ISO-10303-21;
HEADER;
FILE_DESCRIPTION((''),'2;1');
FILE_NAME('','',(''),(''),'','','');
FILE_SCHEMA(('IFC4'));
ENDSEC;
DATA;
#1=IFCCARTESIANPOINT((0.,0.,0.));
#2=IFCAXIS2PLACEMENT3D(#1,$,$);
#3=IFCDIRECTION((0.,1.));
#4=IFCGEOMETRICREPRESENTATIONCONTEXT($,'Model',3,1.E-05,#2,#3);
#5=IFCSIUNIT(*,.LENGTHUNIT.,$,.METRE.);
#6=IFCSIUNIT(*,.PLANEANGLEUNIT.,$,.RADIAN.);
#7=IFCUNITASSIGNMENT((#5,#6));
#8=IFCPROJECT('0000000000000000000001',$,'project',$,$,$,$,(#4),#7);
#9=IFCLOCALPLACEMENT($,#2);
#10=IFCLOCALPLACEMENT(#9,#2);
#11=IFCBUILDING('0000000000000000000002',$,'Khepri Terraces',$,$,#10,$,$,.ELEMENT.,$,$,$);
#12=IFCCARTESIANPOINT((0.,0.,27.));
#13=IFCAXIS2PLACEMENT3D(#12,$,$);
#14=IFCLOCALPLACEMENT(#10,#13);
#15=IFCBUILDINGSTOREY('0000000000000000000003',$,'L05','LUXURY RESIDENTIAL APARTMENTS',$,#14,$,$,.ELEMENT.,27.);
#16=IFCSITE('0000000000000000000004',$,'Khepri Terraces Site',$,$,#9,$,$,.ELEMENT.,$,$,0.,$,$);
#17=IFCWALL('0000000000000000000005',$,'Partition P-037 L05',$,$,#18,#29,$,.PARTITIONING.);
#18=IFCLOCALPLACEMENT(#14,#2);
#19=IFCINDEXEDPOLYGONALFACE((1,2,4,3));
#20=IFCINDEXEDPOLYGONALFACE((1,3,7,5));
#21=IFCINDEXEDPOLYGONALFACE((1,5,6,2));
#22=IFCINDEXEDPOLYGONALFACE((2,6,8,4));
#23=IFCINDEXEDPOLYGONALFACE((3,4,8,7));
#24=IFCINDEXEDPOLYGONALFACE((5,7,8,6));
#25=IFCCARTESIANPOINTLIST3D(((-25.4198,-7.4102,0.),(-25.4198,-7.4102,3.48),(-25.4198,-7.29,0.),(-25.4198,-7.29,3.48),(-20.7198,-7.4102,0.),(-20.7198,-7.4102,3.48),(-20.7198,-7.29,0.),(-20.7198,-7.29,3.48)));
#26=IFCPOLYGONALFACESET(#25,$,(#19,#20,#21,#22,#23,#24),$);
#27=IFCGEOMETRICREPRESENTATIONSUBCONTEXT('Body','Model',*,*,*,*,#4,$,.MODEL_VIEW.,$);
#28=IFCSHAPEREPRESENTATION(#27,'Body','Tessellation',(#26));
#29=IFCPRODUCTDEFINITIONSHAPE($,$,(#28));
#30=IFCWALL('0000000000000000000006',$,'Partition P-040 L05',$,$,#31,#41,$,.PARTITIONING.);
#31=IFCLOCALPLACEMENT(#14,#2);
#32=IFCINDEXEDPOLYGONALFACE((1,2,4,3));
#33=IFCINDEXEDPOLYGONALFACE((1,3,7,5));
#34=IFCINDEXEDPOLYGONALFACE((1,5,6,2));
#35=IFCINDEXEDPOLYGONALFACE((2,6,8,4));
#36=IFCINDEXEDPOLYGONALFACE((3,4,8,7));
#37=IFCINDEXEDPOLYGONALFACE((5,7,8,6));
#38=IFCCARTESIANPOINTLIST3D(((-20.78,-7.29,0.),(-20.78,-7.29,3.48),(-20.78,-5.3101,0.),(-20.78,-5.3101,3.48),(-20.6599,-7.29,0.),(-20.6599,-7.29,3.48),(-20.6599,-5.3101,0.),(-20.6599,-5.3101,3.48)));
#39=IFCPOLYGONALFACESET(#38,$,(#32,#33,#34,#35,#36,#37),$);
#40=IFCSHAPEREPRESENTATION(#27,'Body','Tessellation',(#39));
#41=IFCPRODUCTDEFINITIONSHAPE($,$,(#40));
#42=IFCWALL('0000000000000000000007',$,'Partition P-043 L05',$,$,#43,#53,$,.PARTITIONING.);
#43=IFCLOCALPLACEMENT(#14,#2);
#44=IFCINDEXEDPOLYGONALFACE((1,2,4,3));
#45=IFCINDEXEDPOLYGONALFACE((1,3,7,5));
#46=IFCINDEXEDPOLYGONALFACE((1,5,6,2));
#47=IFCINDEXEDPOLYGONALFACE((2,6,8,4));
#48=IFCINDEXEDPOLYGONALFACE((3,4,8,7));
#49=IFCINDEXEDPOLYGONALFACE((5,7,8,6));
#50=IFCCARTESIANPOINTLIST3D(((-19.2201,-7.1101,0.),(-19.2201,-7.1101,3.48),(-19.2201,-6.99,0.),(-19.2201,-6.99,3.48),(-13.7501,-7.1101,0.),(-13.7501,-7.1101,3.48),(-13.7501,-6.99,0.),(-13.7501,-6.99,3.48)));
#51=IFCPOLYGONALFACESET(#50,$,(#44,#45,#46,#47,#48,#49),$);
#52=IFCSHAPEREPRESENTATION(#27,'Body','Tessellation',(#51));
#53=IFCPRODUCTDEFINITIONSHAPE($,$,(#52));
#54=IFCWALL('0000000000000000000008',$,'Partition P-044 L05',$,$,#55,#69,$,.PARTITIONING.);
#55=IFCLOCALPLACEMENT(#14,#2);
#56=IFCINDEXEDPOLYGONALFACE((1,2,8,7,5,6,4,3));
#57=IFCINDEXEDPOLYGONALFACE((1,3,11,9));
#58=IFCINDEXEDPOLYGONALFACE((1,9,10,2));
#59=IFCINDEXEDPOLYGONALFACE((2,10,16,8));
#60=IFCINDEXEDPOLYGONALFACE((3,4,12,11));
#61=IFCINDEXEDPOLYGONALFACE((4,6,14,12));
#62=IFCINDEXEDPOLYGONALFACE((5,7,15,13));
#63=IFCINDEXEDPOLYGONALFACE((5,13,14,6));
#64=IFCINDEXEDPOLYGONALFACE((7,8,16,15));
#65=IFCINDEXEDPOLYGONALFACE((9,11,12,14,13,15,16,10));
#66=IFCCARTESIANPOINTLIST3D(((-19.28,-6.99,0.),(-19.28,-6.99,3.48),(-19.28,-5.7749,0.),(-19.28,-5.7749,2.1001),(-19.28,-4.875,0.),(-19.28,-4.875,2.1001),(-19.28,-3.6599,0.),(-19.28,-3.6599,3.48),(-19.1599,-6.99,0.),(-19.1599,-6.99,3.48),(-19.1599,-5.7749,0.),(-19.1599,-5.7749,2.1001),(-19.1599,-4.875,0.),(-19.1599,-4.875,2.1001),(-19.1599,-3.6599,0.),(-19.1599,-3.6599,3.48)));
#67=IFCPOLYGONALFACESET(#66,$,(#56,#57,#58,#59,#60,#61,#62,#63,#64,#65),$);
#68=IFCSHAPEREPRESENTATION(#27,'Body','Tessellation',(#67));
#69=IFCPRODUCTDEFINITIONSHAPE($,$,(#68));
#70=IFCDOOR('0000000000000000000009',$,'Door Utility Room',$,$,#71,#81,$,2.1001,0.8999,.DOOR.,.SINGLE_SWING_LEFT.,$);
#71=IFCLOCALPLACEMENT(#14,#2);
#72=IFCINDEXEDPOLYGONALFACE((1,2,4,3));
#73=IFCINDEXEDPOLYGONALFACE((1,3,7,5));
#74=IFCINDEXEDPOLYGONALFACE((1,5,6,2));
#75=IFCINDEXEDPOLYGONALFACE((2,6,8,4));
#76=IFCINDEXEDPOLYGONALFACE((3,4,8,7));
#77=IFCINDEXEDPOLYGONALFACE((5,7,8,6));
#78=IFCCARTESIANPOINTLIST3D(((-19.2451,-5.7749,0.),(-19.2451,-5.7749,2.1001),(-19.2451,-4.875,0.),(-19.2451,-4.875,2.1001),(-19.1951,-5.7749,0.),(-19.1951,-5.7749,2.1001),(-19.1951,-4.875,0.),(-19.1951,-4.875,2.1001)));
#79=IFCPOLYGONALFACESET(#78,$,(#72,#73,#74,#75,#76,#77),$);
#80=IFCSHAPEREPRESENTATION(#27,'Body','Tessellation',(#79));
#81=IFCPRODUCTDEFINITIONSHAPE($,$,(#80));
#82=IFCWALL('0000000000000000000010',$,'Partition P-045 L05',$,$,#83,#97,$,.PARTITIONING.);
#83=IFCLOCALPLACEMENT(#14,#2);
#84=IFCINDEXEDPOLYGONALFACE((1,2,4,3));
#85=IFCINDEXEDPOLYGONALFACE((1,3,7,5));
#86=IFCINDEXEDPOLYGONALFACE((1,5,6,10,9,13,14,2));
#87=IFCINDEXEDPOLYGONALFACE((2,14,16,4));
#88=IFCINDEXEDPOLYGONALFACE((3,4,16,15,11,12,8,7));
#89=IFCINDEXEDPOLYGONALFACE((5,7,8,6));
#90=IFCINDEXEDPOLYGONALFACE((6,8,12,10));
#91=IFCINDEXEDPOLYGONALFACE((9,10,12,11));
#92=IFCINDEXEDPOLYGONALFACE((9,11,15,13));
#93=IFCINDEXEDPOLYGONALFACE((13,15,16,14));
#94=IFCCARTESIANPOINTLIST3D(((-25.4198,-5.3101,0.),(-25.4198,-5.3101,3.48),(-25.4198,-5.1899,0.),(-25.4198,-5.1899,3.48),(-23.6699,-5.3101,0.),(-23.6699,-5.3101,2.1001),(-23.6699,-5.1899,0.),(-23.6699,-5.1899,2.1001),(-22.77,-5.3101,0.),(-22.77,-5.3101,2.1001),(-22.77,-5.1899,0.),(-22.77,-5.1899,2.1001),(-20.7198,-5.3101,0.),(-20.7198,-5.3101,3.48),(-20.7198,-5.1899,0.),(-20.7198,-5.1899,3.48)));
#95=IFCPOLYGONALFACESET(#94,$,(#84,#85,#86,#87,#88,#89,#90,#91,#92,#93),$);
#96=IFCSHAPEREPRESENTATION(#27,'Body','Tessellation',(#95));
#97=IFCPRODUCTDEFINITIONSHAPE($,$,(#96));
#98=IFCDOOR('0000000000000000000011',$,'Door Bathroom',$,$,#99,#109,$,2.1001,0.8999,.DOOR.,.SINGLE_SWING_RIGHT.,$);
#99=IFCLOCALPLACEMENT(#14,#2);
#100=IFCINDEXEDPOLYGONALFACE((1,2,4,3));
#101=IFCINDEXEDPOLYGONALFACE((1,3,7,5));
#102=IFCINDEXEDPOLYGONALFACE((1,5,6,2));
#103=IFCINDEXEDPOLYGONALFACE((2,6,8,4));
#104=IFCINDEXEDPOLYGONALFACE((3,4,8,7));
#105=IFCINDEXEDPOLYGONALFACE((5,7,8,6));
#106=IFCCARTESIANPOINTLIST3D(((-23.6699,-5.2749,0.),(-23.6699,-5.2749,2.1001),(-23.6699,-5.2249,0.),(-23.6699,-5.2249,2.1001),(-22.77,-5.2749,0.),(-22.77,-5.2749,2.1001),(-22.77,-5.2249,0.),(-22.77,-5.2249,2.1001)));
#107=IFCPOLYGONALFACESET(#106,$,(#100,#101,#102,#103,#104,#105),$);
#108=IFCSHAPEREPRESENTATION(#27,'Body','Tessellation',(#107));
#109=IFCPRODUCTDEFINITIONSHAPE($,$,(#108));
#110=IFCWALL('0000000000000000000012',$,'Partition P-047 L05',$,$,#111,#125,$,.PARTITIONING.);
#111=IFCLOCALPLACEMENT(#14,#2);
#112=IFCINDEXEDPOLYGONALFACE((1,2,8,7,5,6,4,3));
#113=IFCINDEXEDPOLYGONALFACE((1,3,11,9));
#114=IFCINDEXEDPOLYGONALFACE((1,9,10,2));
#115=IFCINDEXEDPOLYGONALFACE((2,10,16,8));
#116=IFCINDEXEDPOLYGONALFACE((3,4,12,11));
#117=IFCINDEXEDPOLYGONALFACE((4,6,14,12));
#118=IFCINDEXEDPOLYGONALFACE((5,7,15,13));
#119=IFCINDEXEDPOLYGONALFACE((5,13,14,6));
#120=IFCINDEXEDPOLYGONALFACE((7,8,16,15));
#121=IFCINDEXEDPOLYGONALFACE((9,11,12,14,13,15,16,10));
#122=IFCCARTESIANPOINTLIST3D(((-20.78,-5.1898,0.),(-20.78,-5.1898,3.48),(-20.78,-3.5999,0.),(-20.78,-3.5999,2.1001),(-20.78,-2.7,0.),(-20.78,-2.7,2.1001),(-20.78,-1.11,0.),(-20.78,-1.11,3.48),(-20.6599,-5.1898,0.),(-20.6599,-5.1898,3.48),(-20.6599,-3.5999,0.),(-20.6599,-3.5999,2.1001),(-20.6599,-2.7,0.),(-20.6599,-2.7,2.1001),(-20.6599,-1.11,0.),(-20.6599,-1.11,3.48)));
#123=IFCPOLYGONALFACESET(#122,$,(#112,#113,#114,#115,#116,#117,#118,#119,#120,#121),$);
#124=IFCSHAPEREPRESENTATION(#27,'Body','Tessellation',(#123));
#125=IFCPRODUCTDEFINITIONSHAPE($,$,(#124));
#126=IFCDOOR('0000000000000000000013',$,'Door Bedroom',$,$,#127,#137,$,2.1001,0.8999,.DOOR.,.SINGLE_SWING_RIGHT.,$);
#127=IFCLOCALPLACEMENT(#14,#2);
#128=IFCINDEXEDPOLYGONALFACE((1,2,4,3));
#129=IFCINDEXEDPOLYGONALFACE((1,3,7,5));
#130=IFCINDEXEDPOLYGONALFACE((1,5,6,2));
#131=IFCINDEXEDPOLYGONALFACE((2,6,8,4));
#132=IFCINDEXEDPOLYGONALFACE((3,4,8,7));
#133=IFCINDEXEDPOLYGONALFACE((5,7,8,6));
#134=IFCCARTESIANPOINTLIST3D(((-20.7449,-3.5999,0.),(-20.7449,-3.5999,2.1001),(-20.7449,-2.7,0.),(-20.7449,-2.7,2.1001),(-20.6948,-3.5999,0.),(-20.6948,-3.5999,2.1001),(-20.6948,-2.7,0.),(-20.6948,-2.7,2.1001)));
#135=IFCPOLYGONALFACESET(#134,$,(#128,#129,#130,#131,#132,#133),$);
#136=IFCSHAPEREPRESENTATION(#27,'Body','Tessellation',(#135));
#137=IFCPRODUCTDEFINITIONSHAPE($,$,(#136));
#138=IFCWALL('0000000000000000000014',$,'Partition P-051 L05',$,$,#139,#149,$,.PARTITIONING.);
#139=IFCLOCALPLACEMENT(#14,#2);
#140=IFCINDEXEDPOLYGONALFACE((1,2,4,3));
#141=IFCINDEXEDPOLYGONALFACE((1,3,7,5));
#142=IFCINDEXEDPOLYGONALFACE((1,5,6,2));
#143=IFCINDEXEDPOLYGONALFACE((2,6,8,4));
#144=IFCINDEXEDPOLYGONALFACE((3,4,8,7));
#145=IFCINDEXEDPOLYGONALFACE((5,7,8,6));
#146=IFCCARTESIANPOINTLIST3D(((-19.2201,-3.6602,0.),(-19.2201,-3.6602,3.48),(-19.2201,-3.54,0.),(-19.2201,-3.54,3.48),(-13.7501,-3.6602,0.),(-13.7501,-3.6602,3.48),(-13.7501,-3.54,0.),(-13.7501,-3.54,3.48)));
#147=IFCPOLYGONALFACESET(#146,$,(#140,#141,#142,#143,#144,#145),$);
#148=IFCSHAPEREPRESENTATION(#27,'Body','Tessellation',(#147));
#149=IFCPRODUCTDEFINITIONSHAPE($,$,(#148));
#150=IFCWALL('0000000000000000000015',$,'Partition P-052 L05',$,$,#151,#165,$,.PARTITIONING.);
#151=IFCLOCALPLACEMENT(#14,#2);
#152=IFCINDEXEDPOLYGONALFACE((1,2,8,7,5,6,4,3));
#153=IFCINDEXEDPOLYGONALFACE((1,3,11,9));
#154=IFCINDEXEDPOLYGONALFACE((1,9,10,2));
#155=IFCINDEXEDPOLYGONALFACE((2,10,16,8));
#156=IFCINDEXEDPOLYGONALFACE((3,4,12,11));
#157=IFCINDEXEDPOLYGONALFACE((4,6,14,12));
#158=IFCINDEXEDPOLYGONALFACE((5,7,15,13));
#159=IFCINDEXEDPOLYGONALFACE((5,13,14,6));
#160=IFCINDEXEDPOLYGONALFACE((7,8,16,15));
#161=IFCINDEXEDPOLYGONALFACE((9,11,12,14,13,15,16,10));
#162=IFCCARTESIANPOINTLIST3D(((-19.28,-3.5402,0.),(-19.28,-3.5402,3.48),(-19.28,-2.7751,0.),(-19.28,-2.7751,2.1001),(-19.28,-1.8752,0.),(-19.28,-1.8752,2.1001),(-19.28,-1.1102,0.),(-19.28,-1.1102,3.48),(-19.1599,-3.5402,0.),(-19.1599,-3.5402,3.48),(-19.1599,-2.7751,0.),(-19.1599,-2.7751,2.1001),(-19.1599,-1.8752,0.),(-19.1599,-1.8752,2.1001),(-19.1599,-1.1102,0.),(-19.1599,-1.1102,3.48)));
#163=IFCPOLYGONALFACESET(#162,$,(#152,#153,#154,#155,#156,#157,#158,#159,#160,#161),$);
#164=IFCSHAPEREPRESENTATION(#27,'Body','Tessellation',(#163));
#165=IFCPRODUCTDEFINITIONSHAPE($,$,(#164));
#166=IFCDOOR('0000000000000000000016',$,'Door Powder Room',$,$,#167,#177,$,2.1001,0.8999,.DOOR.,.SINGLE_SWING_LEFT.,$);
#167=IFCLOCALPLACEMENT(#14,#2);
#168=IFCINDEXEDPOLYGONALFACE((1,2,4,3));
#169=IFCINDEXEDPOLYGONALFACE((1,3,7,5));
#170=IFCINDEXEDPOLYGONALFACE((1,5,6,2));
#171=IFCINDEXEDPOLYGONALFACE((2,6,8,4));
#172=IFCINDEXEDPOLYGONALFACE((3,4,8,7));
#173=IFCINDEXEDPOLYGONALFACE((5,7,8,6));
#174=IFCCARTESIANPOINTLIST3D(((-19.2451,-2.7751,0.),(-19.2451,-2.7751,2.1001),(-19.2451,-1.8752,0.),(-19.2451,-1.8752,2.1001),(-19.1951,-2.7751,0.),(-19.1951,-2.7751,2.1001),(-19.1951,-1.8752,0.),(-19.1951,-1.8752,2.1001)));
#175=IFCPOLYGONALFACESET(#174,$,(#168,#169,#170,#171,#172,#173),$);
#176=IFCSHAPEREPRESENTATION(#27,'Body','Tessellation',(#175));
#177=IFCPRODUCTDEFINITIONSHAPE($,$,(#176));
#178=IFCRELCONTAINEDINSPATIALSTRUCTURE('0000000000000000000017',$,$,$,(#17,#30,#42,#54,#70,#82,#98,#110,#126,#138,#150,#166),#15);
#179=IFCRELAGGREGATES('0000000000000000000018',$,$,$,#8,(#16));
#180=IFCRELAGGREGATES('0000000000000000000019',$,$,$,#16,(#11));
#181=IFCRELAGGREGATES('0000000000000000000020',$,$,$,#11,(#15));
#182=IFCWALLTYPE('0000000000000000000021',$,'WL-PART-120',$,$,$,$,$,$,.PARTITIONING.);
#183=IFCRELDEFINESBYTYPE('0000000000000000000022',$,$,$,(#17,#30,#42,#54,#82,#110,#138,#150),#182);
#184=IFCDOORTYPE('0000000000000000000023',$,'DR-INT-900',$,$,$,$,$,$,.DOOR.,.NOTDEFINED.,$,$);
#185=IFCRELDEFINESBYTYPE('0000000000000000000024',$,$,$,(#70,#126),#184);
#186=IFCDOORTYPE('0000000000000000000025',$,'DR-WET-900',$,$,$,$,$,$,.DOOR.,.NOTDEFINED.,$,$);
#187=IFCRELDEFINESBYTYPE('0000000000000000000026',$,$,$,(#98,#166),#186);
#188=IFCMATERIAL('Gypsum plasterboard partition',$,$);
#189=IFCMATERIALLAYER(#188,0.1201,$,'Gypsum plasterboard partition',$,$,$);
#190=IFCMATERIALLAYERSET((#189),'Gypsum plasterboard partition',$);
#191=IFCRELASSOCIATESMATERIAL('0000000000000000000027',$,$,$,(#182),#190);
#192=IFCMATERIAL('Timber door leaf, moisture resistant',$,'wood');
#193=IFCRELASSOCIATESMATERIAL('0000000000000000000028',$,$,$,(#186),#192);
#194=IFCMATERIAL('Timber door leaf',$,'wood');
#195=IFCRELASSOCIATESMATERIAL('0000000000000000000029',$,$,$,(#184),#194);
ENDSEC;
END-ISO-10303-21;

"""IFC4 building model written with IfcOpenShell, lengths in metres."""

from ifc_helpers import new_model, si_unit, direction, frame, frame_2d, origin, place, context, subcontext, project, spatial, rectangle, extrude, material, layer, layer_set, type_object, element, fill, save


model = new_model("IFC4")

# Units and contexts
model_context = context("Model", 3, precision=1e-05, world=origin(), true_north=direction((0.0, 1.0)))
body_context = subcontext(model_context, "Body", "Model", "MODEL_VIEW")
ifc_project = project(units=[si_unit("LENGTHUNIT", "METRE"), si_unit("PLANEANGLEUNIT", "RADIAN")], contexts=[model_context])

# Site, building, storey
site_placement = place(None, origin())
site = spatial("IfcSite", under=ifc_project, at=site_placement, Name="Khepri Terraces Site", CompositionType="ELEMENT", RefElevation=0.0)
building_placement = place(site_placement, origin())
building = spatial("IfcBuilding", under=site, at=building_placement, Name="Khepri Terraces", CompositionType="ELEMENT")
storey_placement = place(building_placement, frame((0.0, 0.0, 27.0)))
storey = spatial("IfcBuildingStorey", under=building, at=storey_placement, Name="L05", Description="LUXURY RESIDENTIAL APARTMENTS", CompositionType="ELEMENT", Elevation=27.0)

# Shared definitions
ifc_material_1 = material(Name="Gypsum plasterboard partition")
ifc_layer_1 = layer(ifc_material_1, 0.1201, Name="Gypsum plasterboard partition")
ifc_layer_set_1 = layer_set([ifc_layer_1], Name="Gypsum plasterboard partition")
wall_type_1 = type_object("IfcWallType", Name="WL-PART-120", PredefinedType="PARTITIONING", material=ifc_layer_set_1)
ifc_material_2 = material(Name="Timber door leaf, moisture resistant", Category="wood")
door_type_1 = type_object("IfcDoorType", Name="DR-WET-900", OperationType="NOTDEFINED", PredefinedType="DOOR", material=ifc_material_2)

# Walls
wall_1_placement = place(storey_placement, frame((-25.4199, -7.3501, 0.0), z_axis=(0.0, 0.0, 1.0), x_axis=(1.0, 0.0, 0.0)))
element("IfcWall", 1, at=wall_1_placement, inside=storey, type_object=wall_type_1, Name="Partition P-037 L05", PredefinedType="PARTITIONING", context=body_context, shape_type="SweptSolid", body=[
    extrude(rectangle(XDim=4.7, YDim=0.1201, at=frame_2d((2.3501, 0.0))), origin(), (0.0, 0.0, 1.0), 3.48),
])
wall_2_placement = place(storey_placement, frame((-20.72, -7.29, 0.0), z_axis=(0.0, 0.0, 1.0), x_axis=(0.0, 1.0, 0.0)))
element("IfcWall", 2, at=wall_2_placement, inside=storey, type_object=wall_type_1, Name="Partition P-040 L05", PredefinedType="PARTITIONING", context=body_context, shape_type="SweptSolid", body=[
    extrude(rectangle(XDim=1.98, YDim=0.1201, at=frame_2d((0.99, 0.0))), origin(), (0.0, 0.0, 1.0), 3.48),
])
wall_3_placement = place(storey_placement, frame((-19.22, -7.05, 0.0), z_axis=(0.0, 0.0, 1.0), x_axis=(1.0, 0.0, 0.0)))
element("IfcWall", 3, at=wall_3_placement, inside=storey, type_object=wall_type_1, Name="Partition P-043 L05", PredefinedType="PARTITIONING", context=body_context, shape_type="SweptSolid", body=[
    extrude(rectangle(XDim=5.47, YDim=0.1201, at=frame_2d((2.7349, 0.0))), origin(), (0.0, 0.0, 1.0), 3.48),
])

# Walls, openings, doors
wall_4_placement = place(storey_placement, frame((-19.22, -6.99, 0.0), z_axis=(0.0, 0.0, 1.0), x_axis=(0.0, 1.0, 0.0)))
wall_4 = element("IfcWall", 4, at=wall_4_placement, inside=storey, type_object=wall_type_1, Name="Partition P-044 L05", PredefinedType="PARTITIONING", context=body_context, shape_type="SweptSolid", body=[
    extrude(rectangle(XDim=3.3301, YDim=0.1201, at=frame_2d((1.665, 0.0))), origin(), (0.0, 0.0, 1.0), 3.48),
])
opening_1_placement = place(wall_4_placement, frame((1.2151, 0.0, 0.0)))
opening_1 = element("IfcOpeningElement", 5, at=opening_1_placement, cuts=wall_4, PredefinedType="OPENING", context=body_context, shape_type="SweptSolid", body=[
    extrude(rectangle(XDim=0.8999, YDim=2.1001, at=frame_2d((0.45, 1.05))), frame((0.0, 0.0701, 0.0), z_axis=(0.0, -1.0, 0.0), x_axis=(1.0, 0.0, 0.0)), (0.0, 0.0, 1.0), 0.1401),
])
ifc_material_3 = material(Name="Timber door leaf", Category="wood")
door_type_2 = type_object("IfcDoorType", Name="DR-INT-900", OperationType="NOTDEFINED", PredefinedType="DOOR", material=ifc_material_3)
door_1_placement = place(opening_1_placement, frame((0.8999, 0.0, 0.0), z_axis=(0.0, 0.0, 1.0), x_axis=(-1.0, 0.0, 0.0)))
door_1 = element("IfcDoor", 6, at=door_1_placement, inside=storey, type_object=door_type_2, Name="Door Utility Room", OperationType="SINGLE_SWING_LEFT", OverallHeight=2.1001, OverallWidth=0.8999, PredefinedType="DOOR", context=body_context, shape_type="SweptSolid", body=[
    extrude(rectangle(XDim=0.8999, YDim=2.1001, at=frame_2d((0.45, 1.05))), frame((0.0, 0.0249, 0.0), z_axis=(0.0, -1.0, 0.0), x_axis=(1.0, 0.0, 0.0)), (0.0, 0.0, 1.0), 0.05),
])
fill(opening_1, door_1)
wall_5_placement = place(storey_placement, frame((-25.4199, -5.25, 0.0), z_axis=(0.0, 0.0, 1.0), x_axis=(1.0, 0.0, 0.0)))
wall_5 = element("IfcWall", 7, at=wall_5_placement, inside=storey, type_object=wall_type_1, Name="Partition P-045 L05", PredefinedType="PARTITIONING", context=body_context, shape_type="SweptSolid", body=[
    extrude(rectangle(XDim=4.7, YDim=0.1201, at=frame_2d((2.3501, 0.0))), origin(), (0.0, 0.0, 1.0), 3.48),
])
opening_2_placement = place(wall_5_placement, frame((1.75, 0.0, 0.0)))
opening_2 = element("IfcOpeningElement", 8, at=opening_2_placement, cuts=wall_5, PredefinedType="OPENING", context=body_context, shape_type="SweptSolid", body=[
    extrude(rectangle(XDim=0.8999, YDim=2.1001, at=frame_2d((0.45, 1.05))), frame((0.0, 0.0701, 0.0), z_axis=(0.0, -1.0, 0.0), x_axis=(1.0, 0.0, 0.0)), (0.0, 0.0, 1.0), 0.1401),
])
door_2_placement = place(opening_2_placement, frame((0.8999, 0.0, 0.0), z_axis=(0.0, 0.0, 1.0), x_axis=(-1.0, 0.0, 0.0)))
door_2 = element("IfcDoor", 9, at=door_2_placement, inside=storey, type_object=door_type_1, Name="Door Bathroom", OperationType="SINGLE_SWING_RIGHT", OverallHeight=2.1001, OverallWidth=0.8999, PredefinedType="DOOR", context=body_context, shape_type="SweptSolid", body=[
    extrude(rectangle(XDim=0.8999, YDim=2.1001, at=frame_2d((0.45, 1.05))), frame((0.0, 0.0249, 0.0), z_axis=(0.0, -1.0, 0.0), x_axis=(1.0, 0.0, 0.0)), (0.0, 0.0, 1.0), 0.05),
])
fill(opening_2, door_2)
wall_6_placement = place(storey_placement, frame((-20.72, -5.1899, 0.0), z_axis=(0.0, 0.0, 1.0), x_axis=(0.0, 1.0, 0.0)))
wall_6 = element("IfcWall", 10, at=wall_6_placement, inside=storey, type_object=wall_type_1, Name="Partition P-047 L05", PredefinedType="PARTITIONING", context=body_context, shape_type="SweptSolid", body=[
    extrude(rectangle(XDim=4.0798, YDim=0.1201, at=frame_2d((2.04, 0.0))), origin(), (0.0, 0.0, 1.0), 3.48),
])
opening_3_placement = place(wall_6_placement, frame((1.5901, 0.0, 0.0)))
opening_3 = element("IfcOpeningElement", 11, at=opening_3_placement, cuts=wall_6, PredefinedType="OPENING", context=body_context, shape_type="SweptSolid", body=[
    extrude(rectangle(XDim=0.8999, YDim=2.1001, at=frame_2d((0.45, 1.05))), frame((0.0, 0.0701, 0.0), z_axis=(0.0, -1.0, 0.0), x_axis=(1.0, 0.0, 0.0)), (0.0, 0.0, 1.0), 0.1401),
])
door_3_placement = place(opening_3_placement, origin())
door_3 = element("IfcDoor", 12, at=door_3_placement, inside=storey, type_object=door_type_2, Name="Door Bedroom", OperationType="SINGLE_SWING_RIGHT", OverallHeight=2.1001, OverallWidth=0.8999, PredefinedType="DOOR", context=body_context, shape_type="SweptSolid", body=[
    extrude(rectangle(XDim=0.8999, YDim=2.1001, at=frame_2d((0.45, 1.05))), frame((0.0, 0.0249, 0.0), z_axis=(0.0, -1.0, 0.0), x_axis=(1.0, 0.0, 0.0)), (0.0, 0.0, 1.0), 0.05),
])
fill(opening_3, door_3)

# Wall
wall_7_placement = place(storey_placement, frame((-19.22, -3.6001, 0.0), z_axis=(0.0, 0.0, 1.0), x_axis=(1.0, 0.0, 0.0)))
element("IfcWall", 13, at=wall_7_placement, inside=storey, type_object=wall_type_1, Name="Partition P-051 L05", PredefinedType="PARTITIONING", context=body_context, shape_type="SweptSolid", body=[
    extrude(rectangle(XDim=5.47, YDim=0.1201, at=frame_2d((2.7349, 0.0))), origin(), (0.0, 0.0, 1.0), 3.48),
])

# Wall, opening, door
wall_8_placement = place(storey_placement, frame((-19.22, -3.54, 0.0), z_axis=(0.0, 0.0, 1.0), x_axis=(0.0, 1.0, 0.0)))
wall_8 = element("IfcWall", 14, at=wall_8_placement, inside=storey, type_object=wall_type_1, Name="Partition P-052 L05", PredefinedType="PARTITIONING", context=body_context, shape_type="SweptSolid", body=[
    extrude(rectangle(XDim=2.4299, YDim=0.1201, at=frame_2d((1.2148, 0.0))), origin(), (0.0, 0.0, 1.0), 3.48),
])
opening_4_placement = place(wall_8_placement, frame((0.7649, 0.0, 0.0)))
opening_4 = element("IfcOpeningElement", 15, at=opening_4_placement, cuts=wall_8, PredefinedType="OPENING", context=body_context, shape_type="SweptSolid", body=[
    extrude(rectangle(XDim=0.8999, YDim=2.1001, at=frame_2d((0.45, 1.05))), frame((0.0, 0.0701, 0.0), z_axis=(0.0, -1.0, 0.0), x_axis=(1.0, 0.0, 0.0)), (0.0, 0.0, 1.0), 0.1401),
])
door_4_placement = place(opening_4_placement, frame((0.8999, 0.0, 0.0), z_axis=(0.0, 0.0, 1.0), x_axis=(-1.0, 0.0, 0.0)))
door_4 = element("IfcDoor", 16, at=door_4_placement, inside=storey, type_object=door_type_1, Name="Door Powder Room", OperationType="SINGLE_SWING_LEFT", OverallHeight=2.1001, OverallWidth=0.8999, PredefinedType="DOOR", context=body_context, shape_type="SweptSolid", body=[
    extrude(rectangle(XDim=0.8999, YDim=2.1001, at=frame_2d((0.45, 1.05))), frame((0.0, 0.0249, 0.0), z_axis=(0.0, -1.0, 0.0), x_axis=(1.0, 0.0, 0.0)), (0.0, 0.0, 1.0), 0.05),
])
fill(opening_4, door_4)

save(model, "model.ifc")
